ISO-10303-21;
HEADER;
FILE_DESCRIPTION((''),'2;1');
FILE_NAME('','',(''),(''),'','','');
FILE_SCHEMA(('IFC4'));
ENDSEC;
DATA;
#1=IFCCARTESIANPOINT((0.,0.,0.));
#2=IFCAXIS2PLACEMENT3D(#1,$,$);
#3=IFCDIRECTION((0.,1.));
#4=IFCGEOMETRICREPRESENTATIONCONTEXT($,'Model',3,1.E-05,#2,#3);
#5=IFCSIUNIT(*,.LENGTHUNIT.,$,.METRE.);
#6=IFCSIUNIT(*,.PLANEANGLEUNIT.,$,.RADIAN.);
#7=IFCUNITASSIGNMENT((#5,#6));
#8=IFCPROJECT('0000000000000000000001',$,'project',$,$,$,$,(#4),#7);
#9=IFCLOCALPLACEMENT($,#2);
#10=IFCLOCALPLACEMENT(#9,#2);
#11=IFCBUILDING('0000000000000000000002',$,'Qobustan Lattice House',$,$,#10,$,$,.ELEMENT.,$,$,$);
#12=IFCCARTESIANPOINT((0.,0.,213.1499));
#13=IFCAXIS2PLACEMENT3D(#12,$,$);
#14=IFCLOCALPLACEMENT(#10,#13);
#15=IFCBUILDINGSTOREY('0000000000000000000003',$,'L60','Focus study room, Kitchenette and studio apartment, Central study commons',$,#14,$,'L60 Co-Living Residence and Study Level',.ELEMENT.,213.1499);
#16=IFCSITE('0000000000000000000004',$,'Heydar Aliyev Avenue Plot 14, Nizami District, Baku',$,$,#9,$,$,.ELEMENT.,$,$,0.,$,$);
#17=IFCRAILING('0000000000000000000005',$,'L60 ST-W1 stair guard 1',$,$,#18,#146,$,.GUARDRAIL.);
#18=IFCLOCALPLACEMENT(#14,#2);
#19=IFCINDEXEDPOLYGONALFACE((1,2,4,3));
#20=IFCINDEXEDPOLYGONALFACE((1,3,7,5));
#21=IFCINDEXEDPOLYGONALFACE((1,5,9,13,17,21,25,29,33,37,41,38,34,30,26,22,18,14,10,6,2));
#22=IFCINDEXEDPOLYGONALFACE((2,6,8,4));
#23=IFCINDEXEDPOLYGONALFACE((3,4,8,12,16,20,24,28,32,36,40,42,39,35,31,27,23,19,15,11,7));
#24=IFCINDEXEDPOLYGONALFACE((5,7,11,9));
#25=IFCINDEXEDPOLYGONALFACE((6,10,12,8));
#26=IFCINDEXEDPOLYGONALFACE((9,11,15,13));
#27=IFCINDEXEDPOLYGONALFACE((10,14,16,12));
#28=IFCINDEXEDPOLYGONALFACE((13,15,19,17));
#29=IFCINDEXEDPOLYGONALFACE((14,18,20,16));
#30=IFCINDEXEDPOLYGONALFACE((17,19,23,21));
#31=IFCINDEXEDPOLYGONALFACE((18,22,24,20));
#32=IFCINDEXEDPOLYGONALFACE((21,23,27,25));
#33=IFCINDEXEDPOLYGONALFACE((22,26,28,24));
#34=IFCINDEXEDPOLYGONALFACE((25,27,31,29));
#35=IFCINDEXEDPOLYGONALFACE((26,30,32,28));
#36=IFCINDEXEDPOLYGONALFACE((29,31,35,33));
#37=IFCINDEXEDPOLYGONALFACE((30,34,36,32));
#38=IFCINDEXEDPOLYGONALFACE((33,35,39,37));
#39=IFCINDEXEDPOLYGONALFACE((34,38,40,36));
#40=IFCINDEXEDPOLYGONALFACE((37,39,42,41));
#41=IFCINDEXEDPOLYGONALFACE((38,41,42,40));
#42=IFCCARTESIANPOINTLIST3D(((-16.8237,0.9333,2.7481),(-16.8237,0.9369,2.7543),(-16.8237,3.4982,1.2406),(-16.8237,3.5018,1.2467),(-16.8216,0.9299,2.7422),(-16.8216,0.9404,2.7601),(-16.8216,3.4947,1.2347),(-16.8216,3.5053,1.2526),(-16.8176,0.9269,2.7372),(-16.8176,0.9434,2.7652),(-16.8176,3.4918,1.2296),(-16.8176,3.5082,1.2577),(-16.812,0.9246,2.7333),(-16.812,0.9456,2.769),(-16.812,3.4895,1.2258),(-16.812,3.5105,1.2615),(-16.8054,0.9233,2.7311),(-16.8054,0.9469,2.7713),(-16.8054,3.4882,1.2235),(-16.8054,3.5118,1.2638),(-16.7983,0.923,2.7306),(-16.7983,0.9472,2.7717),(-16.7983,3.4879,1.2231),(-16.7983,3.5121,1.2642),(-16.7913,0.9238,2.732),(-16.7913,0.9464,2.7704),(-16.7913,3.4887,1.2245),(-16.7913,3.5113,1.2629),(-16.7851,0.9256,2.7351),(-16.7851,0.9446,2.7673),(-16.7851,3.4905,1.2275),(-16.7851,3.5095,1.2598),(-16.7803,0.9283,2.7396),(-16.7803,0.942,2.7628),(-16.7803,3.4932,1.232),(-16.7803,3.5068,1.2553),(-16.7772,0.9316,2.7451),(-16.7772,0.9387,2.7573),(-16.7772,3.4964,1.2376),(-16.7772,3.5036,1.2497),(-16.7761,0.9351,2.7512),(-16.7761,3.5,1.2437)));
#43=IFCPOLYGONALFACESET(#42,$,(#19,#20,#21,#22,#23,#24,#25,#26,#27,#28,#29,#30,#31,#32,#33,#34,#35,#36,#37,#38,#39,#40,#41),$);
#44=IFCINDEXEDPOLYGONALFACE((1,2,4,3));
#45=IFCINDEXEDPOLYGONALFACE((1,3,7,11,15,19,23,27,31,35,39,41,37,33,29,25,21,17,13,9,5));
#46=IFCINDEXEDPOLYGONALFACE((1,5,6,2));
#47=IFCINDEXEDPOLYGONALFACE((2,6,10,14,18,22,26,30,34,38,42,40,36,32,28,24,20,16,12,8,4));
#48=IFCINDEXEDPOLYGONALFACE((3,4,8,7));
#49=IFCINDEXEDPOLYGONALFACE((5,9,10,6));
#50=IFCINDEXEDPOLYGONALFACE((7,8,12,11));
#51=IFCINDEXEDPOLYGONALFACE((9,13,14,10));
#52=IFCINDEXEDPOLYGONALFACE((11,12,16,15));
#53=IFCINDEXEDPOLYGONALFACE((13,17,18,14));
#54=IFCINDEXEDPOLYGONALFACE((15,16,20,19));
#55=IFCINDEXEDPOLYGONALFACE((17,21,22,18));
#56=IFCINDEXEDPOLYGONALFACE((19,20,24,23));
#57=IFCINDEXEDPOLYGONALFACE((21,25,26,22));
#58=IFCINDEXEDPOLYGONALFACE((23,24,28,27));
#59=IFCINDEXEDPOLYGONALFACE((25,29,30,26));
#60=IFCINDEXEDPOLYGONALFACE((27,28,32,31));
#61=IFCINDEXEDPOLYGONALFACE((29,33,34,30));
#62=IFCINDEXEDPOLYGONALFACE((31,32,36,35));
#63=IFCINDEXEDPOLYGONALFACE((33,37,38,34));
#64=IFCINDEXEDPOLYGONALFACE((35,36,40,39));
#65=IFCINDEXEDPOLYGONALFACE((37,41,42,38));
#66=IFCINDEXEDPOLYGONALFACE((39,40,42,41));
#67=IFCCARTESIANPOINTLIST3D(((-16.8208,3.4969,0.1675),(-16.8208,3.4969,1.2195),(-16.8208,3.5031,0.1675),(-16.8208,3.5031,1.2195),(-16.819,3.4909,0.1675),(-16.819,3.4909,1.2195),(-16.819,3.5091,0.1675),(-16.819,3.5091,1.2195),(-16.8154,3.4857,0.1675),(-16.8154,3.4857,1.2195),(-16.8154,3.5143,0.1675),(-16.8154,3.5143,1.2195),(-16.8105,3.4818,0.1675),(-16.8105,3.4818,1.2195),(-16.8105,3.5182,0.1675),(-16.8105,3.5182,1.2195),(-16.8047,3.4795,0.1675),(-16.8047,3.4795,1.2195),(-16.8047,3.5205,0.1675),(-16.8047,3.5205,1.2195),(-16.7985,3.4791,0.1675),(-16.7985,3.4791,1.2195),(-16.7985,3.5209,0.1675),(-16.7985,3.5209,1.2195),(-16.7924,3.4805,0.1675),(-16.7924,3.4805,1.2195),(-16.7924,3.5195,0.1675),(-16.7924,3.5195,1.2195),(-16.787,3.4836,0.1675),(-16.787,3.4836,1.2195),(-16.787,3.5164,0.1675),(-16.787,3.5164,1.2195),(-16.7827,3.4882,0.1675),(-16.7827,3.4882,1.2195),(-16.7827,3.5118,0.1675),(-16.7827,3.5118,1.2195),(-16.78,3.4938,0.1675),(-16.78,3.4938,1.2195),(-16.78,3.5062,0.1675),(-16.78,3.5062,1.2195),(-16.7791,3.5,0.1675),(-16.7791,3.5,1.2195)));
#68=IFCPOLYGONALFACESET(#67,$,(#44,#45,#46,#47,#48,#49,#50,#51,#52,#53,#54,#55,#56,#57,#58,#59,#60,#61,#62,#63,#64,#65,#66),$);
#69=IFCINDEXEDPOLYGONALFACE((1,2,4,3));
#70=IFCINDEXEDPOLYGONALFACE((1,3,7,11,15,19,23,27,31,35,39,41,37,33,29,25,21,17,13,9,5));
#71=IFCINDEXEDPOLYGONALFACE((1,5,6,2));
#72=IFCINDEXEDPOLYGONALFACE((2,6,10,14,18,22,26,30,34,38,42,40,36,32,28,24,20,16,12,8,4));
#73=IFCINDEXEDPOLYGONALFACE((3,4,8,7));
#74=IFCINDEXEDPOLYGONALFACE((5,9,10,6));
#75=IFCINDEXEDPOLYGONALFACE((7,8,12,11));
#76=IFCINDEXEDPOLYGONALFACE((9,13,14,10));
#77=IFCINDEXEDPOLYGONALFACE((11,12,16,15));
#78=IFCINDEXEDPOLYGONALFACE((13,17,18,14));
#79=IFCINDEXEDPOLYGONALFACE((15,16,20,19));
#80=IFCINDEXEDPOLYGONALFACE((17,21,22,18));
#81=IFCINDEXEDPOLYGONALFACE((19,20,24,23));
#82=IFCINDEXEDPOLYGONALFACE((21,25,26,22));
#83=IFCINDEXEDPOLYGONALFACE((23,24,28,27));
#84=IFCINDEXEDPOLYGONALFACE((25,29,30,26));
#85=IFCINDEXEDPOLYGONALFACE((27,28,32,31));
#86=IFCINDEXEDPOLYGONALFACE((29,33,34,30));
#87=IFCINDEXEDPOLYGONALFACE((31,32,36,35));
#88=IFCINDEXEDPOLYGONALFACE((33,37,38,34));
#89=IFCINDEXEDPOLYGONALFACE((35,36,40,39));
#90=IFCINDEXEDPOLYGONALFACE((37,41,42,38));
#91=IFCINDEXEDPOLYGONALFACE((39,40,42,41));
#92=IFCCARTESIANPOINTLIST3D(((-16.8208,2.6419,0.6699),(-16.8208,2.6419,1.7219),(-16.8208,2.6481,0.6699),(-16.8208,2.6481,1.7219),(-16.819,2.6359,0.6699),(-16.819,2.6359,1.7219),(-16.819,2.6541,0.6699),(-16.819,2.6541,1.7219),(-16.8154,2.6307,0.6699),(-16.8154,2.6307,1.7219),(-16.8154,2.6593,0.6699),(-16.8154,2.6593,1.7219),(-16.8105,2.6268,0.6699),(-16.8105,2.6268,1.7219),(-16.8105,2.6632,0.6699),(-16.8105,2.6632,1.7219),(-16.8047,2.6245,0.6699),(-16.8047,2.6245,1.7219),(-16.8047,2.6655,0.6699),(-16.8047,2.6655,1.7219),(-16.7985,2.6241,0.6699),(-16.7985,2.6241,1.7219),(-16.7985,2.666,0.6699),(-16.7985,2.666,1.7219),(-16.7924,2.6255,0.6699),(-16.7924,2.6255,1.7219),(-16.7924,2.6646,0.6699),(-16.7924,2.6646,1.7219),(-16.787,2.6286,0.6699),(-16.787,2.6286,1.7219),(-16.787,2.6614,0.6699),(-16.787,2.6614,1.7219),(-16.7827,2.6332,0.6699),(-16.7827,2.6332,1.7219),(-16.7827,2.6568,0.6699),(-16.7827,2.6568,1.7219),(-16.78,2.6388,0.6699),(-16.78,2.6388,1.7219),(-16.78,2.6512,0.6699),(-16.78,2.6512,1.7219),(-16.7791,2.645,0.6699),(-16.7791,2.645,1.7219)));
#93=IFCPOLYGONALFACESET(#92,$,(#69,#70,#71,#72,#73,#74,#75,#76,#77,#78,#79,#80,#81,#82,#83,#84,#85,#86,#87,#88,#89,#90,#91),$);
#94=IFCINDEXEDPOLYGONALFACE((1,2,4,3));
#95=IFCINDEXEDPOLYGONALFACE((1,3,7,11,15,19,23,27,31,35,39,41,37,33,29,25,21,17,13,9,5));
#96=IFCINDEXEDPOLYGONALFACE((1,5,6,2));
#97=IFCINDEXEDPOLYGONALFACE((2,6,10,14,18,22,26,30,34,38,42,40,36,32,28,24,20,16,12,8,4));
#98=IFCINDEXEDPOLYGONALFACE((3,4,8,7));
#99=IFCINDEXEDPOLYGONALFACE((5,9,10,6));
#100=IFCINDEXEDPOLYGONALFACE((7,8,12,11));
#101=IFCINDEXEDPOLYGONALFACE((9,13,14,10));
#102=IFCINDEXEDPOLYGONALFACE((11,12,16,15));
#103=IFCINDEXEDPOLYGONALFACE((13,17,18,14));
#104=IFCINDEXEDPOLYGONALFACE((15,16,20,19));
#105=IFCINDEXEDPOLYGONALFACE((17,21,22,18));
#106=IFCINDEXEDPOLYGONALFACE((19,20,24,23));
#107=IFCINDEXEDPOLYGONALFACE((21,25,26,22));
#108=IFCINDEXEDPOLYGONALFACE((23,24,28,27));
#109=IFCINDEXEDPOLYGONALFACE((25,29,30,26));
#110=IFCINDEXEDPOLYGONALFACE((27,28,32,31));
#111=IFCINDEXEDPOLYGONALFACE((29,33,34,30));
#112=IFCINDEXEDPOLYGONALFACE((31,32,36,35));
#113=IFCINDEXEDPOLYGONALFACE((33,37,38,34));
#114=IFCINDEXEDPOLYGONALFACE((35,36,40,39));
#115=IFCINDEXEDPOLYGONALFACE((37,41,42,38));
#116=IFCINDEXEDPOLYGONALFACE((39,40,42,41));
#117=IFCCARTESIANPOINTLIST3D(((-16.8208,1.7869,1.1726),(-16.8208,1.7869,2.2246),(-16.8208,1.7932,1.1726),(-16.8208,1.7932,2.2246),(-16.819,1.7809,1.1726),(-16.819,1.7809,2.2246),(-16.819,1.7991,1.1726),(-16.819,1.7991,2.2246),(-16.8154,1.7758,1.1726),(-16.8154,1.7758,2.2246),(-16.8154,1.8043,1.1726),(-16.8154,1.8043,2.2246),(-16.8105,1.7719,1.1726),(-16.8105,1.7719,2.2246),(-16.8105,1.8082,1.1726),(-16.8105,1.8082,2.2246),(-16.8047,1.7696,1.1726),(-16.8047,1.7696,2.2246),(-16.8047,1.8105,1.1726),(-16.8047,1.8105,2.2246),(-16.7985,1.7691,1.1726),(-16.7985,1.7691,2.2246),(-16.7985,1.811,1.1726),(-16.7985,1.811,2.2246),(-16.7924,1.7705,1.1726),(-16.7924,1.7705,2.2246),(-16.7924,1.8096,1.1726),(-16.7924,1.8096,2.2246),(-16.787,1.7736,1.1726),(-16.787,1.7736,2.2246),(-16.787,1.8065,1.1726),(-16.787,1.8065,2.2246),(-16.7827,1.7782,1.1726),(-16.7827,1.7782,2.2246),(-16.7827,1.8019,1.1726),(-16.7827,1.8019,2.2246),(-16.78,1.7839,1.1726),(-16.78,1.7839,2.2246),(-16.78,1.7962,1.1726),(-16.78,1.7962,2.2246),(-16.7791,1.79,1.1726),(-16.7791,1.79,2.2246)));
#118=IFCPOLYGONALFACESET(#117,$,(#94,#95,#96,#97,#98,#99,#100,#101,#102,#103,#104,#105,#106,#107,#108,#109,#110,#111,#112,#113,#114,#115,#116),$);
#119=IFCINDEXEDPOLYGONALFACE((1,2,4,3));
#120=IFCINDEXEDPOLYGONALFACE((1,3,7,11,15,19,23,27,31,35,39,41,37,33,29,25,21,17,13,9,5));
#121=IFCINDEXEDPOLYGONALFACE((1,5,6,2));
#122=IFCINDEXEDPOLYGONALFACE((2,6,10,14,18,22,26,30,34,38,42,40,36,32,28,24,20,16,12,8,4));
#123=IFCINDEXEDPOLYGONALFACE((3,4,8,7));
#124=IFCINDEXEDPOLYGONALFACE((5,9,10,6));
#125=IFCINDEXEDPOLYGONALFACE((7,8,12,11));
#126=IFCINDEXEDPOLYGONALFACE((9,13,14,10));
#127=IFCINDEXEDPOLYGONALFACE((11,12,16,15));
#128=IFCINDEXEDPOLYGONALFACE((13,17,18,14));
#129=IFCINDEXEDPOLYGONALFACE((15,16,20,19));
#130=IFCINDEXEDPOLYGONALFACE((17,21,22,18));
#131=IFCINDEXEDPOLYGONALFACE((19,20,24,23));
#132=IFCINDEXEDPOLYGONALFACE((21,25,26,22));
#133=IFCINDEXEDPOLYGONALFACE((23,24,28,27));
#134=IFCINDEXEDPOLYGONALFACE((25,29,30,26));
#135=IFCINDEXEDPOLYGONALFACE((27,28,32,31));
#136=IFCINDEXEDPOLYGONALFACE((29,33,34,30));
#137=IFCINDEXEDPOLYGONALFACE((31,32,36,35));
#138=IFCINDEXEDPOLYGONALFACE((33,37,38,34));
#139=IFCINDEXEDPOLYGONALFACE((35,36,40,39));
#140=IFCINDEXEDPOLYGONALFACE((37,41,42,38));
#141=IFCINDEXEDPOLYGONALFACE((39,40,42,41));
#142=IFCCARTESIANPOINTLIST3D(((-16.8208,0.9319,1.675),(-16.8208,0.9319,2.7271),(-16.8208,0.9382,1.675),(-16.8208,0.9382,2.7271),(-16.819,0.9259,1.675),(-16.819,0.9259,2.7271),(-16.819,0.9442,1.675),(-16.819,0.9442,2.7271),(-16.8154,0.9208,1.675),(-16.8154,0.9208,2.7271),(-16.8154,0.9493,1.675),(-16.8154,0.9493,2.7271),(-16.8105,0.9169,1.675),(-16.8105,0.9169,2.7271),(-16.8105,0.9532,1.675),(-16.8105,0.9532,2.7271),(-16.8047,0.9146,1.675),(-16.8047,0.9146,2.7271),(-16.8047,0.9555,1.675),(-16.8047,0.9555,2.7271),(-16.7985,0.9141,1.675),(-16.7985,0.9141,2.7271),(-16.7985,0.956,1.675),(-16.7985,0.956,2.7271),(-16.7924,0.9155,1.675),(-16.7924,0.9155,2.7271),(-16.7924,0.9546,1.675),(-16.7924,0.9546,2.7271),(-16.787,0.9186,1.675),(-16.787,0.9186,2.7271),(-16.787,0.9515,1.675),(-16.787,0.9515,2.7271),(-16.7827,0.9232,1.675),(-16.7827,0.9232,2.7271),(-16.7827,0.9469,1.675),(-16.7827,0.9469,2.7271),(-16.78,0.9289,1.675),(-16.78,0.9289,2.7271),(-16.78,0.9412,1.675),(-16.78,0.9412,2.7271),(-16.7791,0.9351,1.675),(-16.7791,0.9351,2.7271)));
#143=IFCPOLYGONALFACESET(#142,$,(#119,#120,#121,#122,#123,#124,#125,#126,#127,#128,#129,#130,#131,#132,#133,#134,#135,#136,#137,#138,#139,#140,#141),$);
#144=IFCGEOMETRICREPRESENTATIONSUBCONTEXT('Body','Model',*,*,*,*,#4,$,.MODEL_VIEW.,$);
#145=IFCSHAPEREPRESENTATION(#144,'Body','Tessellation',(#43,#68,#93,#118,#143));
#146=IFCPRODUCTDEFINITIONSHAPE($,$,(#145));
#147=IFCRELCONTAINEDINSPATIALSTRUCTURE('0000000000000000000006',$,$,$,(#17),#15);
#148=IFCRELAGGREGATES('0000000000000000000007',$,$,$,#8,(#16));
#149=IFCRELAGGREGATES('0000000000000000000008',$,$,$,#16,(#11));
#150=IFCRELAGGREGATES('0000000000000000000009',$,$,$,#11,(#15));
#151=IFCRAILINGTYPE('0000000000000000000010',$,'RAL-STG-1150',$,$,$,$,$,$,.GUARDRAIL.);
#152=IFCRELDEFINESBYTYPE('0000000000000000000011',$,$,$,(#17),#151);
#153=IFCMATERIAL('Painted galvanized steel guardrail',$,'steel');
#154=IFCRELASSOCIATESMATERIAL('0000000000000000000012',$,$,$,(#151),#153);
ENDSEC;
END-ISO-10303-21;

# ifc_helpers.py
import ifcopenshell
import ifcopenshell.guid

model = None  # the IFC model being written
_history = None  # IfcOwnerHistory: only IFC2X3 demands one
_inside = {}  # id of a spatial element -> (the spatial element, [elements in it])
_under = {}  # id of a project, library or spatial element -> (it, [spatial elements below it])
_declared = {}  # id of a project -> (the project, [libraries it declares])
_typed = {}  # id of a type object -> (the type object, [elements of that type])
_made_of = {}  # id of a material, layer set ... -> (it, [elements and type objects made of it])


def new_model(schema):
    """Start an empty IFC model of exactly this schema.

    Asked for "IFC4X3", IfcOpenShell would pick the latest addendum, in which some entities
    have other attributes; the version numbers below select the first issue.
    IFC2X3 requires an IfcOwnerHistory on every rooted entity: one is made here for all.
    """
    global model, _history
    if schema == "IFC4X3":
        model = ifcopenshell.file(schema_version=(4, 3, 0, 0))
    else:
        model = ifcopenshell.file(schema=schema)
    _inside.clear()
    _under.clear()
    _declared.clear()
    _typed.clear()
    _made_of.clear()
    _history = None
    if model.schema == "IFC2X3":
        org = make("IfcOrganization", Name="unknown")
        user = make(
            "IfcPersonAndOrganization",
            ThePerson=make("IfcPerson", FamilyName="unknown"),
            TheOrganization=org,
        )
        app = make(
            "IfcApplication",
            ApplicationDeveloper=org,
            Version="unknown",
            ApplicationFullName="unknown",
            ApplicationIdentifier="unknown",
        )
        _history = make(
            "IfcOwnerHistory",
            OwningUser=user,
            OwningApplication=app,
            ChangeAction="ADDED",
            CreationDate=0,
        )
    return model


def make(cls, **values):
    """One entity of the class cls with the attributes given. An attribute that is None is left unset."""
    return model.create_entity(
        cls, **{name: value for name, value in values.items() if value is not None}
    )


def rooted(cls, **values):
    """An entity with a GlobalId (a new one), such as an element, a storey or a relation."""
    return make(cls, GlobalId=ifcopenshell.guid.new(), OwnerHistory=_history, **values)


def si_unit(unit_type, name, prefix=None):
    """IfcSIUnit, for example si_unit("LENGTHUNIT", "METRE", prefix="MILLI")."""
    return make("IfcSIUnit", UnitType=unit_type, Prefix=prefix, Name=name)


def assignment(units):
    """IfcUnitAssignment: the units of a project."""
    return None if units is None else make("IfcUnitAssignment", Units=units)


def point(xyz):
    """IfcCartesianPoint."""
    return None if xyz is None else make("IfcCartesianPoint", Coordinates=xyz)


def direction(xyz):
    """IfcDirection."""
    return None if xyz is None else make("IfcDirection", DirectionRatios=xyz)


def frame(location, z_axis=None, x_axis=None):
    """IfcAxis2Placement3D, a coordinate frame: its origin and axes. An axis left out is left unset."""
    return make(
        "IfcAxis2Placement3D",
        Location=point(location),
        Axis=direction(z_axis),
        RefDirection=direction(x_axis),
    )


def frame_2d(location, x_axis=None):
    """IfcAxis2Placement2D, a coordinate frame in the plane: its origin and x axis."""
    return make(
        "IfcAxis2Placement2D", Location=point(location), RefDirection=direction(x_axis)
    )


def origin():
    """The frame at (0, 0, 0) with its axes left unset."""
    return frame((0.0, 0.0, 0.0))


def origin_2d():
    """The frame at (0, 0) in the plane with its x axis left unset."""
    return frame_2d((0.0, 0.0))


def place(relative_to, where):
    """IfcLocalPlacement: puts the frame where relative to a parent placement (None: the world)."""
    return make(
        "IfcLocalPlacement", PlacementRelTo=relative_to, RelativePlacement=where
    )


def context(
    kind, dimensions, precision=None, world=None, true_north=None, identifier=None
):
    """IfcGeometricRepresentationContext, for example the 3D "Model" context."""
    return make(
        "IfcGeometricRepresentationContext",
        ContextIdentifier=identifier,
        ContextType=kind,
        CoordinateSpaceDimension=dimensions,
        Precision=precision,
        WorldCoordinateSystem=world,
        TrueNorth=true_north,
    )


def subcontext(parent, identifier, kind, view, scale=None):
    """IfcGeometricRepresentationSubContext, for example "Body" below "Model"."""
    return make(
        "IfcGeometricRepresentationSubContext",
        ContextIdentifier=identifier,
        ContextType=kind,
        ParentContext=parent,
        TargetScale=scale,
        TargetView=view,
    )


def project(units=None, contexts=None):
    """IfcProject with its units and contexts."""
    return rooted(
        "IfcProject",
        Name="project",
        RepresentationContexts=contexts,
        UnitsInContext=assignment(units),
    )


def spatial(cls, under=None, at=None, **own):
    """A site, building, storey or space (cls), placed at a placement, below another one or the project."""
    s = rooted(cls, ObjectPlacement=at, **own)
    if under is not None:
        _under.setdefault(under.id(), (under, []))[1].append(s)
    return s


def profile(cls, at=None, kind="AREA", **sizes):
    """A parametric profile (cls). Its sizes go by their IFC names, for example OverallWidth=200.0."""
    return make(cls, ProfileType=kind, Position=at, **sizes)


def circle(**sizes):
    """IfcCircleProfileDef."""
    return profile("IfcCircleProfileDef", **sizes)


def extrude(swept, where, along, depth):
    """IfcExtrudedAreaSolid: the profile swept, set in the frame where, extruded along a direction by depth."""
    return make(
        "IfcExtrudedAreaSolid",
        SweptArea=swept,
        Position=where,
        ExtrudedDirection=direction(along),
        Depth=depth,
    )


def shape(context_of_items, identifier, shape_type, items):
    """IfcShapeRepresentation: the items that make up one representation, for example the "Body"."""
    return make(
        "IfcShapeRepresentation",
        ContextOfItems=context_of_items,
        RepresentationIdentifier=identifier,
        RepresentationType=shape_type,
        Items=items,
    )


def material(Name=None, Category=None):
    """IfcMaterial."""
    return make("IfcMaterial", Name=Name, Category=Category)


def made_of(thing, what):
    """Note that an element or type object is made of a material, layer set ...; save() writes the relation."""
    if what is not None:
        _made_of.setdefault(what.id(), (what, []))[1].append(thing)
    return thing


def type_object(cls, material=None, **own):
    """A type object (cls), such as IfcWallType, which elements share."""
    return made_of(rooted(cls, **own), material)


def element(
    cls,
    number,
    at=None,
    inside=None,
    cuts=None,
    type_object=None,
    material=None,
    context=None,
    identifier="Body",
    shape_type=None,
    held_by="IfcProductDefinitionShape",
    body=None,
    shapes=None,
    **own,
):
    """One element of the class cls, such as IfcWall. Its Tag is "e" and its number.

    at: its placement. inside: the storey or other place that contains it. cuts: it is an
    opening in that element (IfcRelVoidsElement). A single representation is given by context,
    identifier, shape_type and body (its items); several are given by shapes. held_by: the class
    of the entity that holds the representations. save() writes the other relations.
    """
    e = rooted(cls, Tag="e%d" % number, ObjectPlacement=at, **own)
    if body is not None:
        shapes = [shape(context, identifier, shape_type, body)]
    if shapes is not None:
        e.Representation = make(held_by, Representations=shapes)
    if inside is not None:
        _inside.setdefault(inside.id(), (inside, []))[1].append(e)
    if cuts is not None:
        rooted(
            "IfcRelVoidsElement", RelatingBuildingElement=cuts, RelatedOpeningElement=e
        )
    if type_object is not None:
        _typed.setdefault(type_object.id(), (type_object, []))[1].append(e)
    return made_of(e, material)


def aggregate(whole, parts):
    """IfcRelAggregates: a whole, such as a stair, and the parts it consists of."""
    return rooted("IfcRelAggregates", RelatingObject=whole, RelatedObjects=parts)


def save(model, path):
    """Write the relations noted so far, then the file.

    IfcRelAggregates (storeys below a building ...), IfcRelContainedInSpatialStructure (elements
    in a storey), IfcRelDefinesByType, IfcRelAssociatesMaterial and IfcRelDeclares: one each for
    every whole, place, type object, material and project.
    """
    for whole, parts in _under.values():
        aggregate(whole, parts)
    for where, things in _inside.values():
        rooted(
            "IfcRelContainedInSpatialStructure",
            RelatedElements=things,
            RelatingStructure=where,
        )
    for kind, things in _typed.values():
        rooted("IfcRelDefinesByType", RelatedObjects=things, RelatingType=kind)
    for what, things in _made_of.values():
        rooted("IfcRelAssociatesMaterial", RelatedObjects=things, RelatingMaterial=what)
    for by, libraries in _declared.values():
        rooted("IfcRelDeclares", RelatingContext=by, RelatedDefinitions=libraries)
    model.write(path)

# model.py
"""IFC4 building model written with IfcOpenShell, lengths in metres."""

from ifc_helpers import new_model, si_unit, direction, frame, origin, origin_2d, place, context, subcontext, project, spatial, circle, extrude, material, type_object, element, save


model = new_model("IFC4")

# Units and contexts
model_context = context("Model", 3, precision=1e-05, world=origin(), true_north=direction((0.0, 1.0)))
body_context = subcontext(model_context, "Body", "Model", "MODEL_VIEW")
ifc_project = project(units=[si_unit("LENGTHUNIT", "METRE"), si_unit("PLANEANGLEUNIT", "RADIAN")], contexts=[model_context])

# Site, building, storey
site_placement = place(None, origin())
site = spatial("IfcSite", under=ifc_project, at=site_placement, Name="Heydar Aliyev Avenue Plot 14, Nizami District, Baku", CompositionType="ELEMENT", RefElevation=0.0)
building_placement = place(site_placement, origin())
building = spatial("IfcBuilding", under=site, at=building_placement, Name="Qobustan Lattice House", CompositionType="ELEMENT")
storey_placement = place(building_placement, frame((0.0, 0.0, 213.1499)))
storey = spatial("IfcBuildingStorey", under=building, at=storey_placement, Name="L60", Description="Focus study room, Kitchenette and studio apartment, Central study commons", LongName="L60 Co-Living Residence and Study Level", CompositionType="ELEMENT", Elevation=213.1499)

# Railing
ifc_material_1 = material(Name="Painted galvanized steel guardrail", Category="steel")
railing_type_1 = type_object("IfcRailingType", Name="RAL-STG-1150", PredefinedType="GUARDRAIL", material=ifc_material_1)
railing_1_placement = place(storey_placement, frame((-16.8, 3.5, 0.1675)))
element("IfcRailing", 1, at=railing_1_placement, inside=storey, type_object=railing_type_1, Name="L60 ST-W1 stair guard 1", PredefinedType="GUARDRAIL", context=body_context, shape_type="SweptSolid", body=[
    extrude(circle(Radius=0.0239, at=origin_2d()), frame((0.0, 0.0, 1.0762), z_axis=(0.0, -0.862113, 0.506715), x_axis=(1.0, 0.0, 0.0)), (0.0, 0.0, 1.0), 2.9751),
    extrude(circle(Radius=0.021, at=origin_2d()), origin(), (0.0, 0.0, 1.0), 1.052),
    extrude(circle(Radius=0.021, at=origin_2d()), frame((0.0, -0.855, 0.5024)), (0.0, 0.0, 1.0), 1.052),
    extrude(circle(Radius=0.021, at=origin_2d()), frame((0.0, -1.71, 1.0051)), (0.0, 0.0, 1.0), 1.052),
    extrude(circle(Radius=0.021, at=origin_2d()), frame((0.0, -2.5649, 1.5076)), (0.0, 0.0, 1.0), 1.052),
])

save(model, "model.ifc")
